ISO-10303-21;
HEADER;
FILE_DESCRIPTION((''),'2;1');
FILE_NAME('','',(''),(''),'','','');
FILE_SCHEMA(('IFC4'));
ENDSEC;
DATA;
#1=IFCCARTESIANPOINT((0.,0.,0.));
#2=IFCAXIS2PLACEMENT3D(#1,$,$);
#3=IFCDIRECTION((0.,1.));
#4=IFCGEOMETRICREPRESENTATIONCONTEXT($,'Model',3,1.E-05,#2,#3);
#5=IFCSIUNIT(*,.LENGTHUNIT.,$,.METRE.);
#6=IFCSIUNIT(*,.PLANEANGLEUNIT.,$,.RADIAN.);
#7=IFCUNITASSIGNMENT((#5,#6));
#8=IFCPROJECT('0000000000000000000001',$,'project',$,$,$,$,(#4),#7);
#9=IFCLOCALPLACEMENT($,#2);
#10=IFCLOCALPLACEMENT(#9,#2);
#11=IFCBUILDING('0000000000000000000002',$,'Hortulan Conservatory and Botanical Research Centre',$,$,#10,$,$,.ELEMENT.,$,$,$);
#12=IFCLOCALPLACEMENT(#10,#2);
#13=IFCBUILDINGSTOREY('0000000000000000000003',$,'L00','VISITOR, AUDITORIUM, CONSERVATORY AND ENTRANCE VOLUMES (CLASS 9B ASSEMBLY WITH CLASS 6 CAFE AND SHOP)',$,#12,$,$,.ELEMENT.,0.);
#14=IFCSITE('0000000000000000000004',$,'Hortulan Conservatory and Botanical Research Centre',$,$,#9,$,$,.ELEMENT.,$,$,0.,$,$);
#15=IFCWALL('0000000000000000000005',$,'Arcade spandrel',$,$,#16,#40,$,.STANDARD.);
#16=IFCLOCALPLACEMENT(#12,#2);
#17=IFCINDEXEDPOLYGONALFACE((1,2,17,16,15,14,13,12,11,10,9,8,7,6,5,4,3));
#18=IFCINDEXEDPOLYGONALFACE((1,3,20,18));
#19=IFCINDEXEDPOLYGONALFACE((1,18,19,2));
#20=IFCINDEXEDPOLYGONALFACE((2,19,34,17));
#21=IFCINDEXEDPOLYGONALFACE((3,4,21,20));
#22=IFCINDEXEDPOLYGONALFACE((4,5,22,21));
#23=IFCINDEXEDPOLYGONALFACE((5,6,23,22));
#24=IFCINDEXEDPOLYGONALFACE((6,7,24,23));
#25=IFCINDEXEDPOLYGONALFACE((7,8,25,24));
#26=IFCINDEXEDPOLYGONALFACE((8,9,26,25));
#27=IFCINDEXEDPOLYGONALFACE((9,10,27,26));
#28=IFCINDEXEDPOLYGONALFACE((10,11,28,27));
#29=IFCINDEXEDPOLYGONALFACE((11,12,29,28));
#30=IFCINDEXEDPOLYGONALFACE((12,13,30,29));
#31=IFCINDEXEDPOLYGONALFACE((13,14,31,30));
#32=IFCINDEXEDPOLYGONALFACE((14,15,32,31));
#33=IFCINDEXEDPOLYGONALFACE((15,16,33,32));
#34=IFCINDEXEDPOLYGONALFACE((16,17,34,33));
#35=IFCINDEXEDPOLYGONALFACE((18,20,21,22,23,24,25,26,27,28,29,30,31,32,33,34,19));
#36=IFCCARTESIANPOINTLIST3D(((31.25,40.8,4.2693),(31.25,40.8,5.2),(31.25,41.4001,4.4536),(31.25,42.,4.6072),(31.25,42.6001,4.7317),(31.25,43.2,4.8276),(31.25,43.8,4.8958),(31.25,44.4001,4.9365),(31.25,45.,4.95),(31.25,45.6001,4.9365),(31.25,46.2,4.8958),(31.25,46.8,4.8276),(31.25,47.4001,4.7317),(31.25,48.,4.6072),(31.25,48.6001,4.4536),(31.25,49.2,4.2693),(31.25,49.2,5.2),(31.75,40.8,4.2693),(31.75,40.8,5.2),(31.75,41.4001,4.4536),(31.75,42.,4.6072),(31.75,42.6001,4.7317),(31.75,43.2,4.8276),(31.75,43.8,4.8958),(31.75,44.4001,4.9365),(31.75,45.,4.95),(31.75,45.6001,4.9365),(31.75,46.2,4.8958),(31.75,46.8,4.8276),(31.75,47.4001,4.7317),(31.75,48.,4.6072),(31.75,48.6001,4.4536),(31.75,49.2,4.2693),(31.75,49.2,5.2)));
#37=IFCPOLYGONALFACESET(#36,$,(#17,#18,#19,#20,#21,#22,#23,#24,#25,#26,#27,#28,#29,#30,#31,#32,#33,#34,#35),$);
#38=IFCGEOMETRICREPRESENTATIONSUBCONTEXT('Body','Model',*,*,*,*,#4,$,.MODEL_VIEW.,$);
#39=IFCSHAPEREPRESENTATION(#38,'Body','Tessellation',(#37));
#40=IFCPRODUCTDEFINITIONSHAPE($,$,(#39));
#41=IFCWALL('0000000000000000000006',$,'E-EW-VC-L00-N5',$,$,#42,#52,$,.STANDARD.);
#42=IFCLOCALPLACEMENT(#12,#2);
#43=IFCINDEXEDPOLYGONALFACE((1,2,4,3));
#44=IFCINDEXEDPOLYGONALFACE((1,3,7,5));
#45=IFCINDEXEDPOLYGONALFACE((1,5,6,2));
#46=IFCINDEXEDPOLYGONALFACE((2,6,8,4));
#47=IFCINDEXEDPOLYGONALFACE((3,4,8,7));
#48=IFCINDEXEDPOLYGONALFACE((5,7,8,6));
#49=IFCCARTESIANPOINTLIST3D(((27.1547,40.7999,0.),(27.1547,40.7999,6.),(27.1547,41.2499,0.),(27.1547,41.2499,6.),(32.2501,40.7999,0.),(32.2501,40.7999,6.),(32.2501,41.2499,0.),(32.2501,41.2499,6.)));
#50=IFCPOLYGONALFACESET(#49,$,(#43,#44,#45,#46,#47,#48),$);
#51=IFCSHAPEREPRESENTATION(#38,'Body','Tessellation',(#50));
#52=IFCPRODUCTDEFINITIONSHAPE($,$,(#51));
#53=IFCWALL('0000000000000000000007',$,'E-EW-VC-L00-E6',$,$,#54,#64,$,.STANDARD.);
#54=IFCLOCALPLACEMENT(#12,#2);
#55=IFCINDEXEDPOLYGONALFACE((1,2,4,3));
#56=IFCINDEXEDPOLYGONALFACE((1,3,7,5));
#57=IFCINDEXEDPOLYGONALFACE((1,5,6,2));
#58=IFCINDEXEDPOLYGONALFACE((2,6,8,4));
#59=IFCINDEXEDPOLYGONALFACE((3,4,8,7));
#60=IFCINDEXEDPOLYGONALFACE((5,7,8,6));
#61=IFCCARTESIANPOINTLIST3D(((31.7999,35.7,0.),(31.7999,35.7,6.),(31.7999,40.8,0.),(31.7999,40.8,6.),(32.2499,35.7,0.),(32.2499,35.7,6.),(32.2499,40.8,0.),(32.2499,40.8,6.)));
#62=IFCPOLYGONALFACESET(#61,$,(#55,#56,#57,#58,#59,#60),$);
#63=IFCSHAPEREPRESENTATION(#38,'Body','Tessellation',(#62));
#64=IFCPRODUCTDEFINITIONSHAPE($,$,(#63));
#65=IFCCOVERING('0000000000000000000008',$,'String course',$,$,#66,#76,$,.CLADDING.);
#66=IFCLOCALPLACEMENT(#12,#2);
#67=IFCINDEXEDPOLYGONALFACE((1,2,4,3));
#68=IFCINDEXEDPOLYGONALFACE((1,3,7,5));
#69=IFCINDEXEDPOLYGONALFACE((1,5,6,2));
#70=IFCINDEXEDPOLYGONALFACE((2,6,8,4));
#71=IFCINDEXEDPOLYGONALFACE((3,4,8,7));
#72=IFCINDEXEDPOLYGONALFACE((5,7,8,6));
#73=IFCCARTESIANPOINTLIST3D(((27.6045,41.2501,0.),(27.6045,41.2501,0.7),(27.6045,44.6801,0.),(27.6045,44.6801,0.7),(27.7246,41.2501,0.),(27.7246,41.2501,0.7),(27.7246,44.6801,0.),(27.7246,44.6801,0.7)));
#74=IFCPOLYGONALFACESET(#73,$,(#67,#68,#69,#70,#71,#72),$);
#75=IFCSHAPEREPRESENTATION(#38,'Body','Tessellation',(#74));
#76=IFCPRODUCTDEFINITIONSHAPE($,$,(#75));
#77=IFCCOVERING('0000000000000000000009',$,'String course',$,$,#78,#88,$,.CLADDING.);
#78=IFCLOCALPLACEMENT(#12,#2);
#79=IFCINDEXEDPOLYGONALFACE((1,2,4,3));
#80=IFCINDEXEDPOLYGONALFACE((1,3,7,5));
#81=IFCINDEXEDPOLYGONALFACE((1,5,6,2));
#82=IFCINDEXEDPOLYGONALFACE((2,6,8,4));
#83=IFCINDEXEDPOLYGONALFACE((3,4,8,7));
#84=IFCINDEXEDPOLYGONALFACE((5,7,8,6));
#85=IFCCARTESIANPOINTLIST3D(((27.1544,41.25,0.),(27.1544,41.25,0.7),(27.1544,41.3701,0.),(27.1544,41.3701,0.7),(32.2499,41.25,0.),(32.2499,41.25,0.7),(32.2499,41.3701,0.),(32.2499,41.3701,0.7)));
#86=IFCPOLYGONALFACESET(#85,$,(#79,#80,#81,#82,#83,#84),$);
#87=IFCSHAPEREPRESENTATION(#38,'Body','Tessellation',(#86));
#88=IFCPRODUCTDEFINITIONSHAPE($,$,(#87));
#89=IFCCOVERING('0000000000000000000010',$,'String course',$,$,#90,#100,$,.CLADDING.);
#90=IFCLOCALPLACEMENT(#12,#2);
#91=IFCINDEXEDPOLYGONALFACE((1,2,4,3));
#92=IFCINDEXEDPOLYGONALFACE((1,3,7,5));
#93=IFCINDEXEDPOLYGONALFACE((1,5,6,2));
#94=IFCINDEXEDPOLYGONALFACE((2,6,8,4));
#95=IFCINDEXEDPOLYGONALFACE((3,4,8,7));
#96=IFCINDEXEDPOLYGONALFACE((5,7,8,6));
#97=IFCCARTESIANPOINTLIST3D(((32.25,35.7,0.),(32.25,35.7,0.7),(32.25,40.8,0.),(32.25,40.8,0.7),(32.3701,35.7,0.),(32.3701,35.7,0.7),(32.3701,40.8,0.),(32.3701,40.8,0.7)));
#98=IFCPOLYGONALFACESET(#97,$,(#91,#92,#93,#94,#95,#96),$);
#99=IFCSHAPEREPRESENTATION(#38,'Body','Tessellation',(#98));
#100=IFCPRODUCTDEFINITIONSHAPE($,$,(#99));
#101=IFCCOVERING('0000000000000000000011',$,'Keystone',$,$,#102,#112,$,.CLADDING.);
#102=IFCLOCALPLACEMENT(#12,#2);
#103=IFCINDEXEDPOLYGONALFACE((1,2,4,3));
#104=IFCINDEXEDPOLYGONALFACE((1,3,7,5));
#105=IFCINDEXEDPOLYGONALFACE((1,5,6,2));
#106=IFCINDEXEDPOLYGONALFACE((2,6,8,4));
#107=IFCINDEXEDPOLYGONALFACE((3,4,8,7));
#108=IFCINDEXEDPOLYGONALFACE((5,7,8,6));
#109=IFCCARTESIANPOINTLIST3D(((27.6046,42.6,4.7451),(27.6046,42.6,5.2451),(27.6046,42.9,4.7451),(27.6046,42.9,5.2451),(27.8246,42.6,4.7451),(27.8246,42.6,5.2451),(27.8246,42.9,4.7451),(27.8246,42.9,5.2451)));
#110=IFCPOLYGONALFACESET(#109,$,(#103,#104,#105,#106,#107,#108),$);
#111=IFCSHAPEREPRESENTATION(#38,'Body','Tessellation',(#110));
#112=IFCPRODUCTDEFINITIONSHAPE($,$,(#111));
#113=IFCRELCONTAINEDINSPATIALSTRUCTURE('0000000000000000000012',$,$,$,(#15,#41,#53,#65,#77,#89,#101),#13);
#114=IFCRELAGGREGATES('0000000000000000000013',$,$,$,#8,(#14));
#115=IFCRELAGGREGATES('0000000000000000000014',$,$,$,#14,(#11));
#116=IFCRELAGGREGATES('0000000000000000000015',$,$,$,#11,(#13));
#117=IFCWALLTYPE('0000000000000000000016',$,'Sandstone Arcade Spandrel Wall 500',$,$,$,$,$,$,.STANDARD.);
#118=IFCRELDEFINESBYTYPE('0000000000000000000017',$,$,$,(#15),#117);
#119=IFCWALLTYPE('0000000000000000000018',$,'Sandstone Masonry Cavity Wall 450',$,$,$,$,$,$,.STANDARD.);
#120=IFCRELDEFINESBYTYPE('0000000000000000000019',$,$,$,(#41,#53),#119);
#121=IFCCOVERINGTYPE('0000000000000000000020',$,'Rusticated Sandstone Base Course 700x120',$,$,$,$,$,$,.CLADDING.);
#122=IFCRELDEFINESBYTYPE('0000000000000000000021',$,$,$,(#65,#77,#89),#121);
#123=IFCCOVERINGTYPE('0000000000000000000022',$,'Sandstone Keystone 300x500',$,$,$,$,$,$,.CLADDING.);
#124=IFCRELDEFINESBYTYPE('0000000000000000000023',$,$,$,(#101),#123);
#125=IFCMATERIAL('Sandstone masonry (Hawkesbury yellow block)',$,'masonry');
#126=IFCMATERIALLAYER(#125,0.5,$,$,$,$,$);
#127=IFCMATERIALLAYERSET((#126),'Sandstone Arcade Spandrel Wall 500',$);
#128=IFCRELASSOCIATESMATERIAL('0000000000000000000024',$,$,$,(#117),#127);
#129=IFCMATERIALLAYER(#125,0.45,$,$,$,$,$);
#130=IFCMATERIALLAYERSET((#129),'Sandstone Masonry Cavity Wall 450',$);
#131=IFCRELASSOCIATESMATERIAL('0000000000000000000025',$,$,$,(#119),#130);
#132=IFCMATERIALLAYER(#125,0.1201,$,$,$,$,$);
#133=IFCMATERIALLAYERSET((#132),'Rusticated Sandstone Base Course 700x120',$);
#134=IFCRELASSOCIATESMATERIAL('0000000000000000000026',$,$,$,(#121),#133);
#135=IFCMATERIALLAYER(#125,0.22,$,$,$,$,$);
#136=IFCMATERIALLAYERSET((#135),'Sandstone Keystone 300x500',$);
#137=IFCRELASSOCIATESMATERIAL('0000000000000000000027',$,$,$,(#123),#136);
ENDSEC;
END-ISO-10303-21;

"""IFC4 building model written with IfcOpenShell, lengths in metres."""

from ifc_helpers import new_model, si_unit, direction, frame, frame_2d, origin, origin_2d, place, context, subcontext, project, spatial, polyline, rectangle, outline, extrude, material, layer, layer_set, type_object, element, save


model = new_model("IFC4")

# Units and contexts
model_context = context("Model", 3, precision=1e-05, world=origin(), true_north=direction((0.0, 1.0)))
body_context = subcontext(model_context, "Body", "Model", "MODEL_VIEW")
ifc_project = project(units=[si_unit("LENGTHUNIT", "METRE"), si_unit("PLANEANGLEUNIT", "RADIAN")], contexts=[model_context])

# Site, building, storey
site_placement = place(None, origin())
site = spatial("IfcSite", under=ifc_project, at=site_placement, Name="Hortulan Conservatory and Botanical Research Centre", CompositionType="ELEMENT", RefElevation=0.0)
building_placement = place(site_placement, origin())
building = spatial("IfcBuilding", under=site, at=building_placement, Name="Hortulan Conservatory and Botanical Research Centre", CompositionType="ELEMENT")
storey_placement = place(building_placement, origin())
storey = spatial("IfcBuildingStorey", under=building, at=storey_placement, Name="L00", Description="VISITOR, AUDITORIUM, CONSERVATORY AND ENTRANCE VOLUMES (CLASS 9B ASSEMBLY WITH CLASS 6 CAFE AND SHOP)", CompositionType="ELEMENT", Elevation=0.0)

# Shared definitions
ifc_material_1 = material(Name="Sandstone masonry (Hawkesbury yellow block)", Category="masonry")

# Walls
ifc_layer_1 = layer(ifc_material_1, 0.5)
ifc_layer_set_1 = layer_set([ifc_layer_1], Name="Sandstone Arcade Spandrel Wall 500")
wall_type_1 = type_object("IfcWallType", Name="Sandstone Arcade Spandrel Wall 500", PredefinedType="STANDARD", material=ifc_layer_set_1)
wall_1_placement = place(storey_placement, frame((31.5, 40.8, 4.2693), z_axis=(0.0, 0.0, 1.0), x_axis=(0.0, 1.0, 0.0)))
element("IfcWall", 1, at=wall_1_placement, inside=storey, type_object=wall_type_1, Name="Arcade spandrel", PredefinedType="STANDARD", context=body_context, shape_type="SweptSolid", body=[
    extrude(outline(polyline([(0.0, 0.0), (0.6001, 0.1843), (1.2, 0.3379), (1.8, 0.4624), (2.3999, 0.5583), (3.0, 0.6265), (3.6001, 0.6672), (4.2, 0.6807), (4.8, 0.6672), (5.3999, 0.6265), (6.0, 0.5583), (6.6001, 0.4624), (7.2, 0.3379), (7.8, 0.1843), (8.3999, 0.0), (8.3999, 0.9307), (0.0, 0.9307), (0.0, 0.0)])), frame((0.0, 0.25, 0.0), z_axis=(0.0, -1.0, 0.0), x_axis=(1.0, 0.0, 0.0)), (0.0, 0.0, 1.0), 0.5),
])
ifc_layer_2 = layer(ifc_material_1, 0.45)
ifc_layer_set_2 = layer_set([ifc_layer_2], Name="Sandstone Masonry Cavity Wall 450")
wall_type_2 = type_object("IfcWallType", Name="Sandstone Masonry Cavity Wall 450", PredefinedType="STANDARD", material=ifc_layer_set_2)
wall_2_placement = place(storey_placement, frame((27.1545, 41.0249, 0.0), z_axis=(0.0, 0.0, 1.0), x_axis=(1.0, 0.0, 0.0)))
element("IfcWall", 2, at=wall_2_placement, inside=storey, type_object=wall_type_2, Name="E-EW-VC-L00-N5", PredefinedType="STANDARD", context=body_context, shape_type="SweptSolid", body=[
    extrude(rectangle(XDim=5.0955, YDim=0.45, at=frame_2d((2.5479, 0.0))), origin(), (0.0, 0.0, 1.0), 6.0),
])
wall_3_placement = place(storey_placement, frame((32.0249, 40.8, 0.0), z_axis=(0.0, 0.0, 1.0), x_axis=(0.0, -1.0, 0.0)))
element("IfcWall", 3, at=wall_3_placement, inside=storey, type_object=wall_type_2, Name="E-EW-VC-L00-E6", PredefinedType="STANDARD", context=body_context, shape_type="SweptSolid", body=[
    extrude(rectangle(XDim=5.1001, YDim=0.45, at=frame_2d((2.55, 0.0))), origin(), (0.0, 0.0, 1.0), 6.0),
])

# Coverings
ifc_layer_3 = layer(ifc_material_1, 0.1201)
ifc_layer_set_3 = layer_set([ifc_layer_3], Name="Rusticated Sandstone Base Course 700x120")
covering_type_1 = type_object("IfcCoveringType", Name="Rusticated Sandstone Base Course 700x120", PredefinedType="CLADDING", material=ifc_layer_set_3)
covering_1_placement = place(storey_placement, frame((27.6646, 42.9651, 0.0), z_axis=(0.0, 0.0, 1.0), x_axis=(0.0, -1.0, 0.0)))
element("IfcCovering", 4, at=covering_1_placement, inside=storey, type_object=covering_type_1, Name="String course", PredefinedType="CLADDING", context=body_context, shape_type="SweptSolid", body=[
    extrude(rectangle(XDim=3.4299, YDim=0.1201, at=origin_2d()), origin(), (0.0, 0.0, 1.0), 0.7),
])
covering_2_placement = place(storey_placement, frame((29.7021, 41.3101, 0.0), z_axis=(0.0, 0.0, 1.0), x_axis=(1.0, 0.0, 0.0)))
element("IfcCovering", 5, at=covering_2_placement, inside=storey, type_object=covering_type_1, Name="String course", PredefinedType="CLADDING", context=body_context, shape_type="SweptSolid", body=[
    extrude(rectangle(XDim=5.0955, YDim=0.1201, at=origin_2d()), origin(), (0.0, 0.0, 1.0), 0.7),
])
covering_3_placement = place(storey_placement, frame((32.3101, 38.25, 0.0), z_axis=(0.0, 0.0, 1.0), x_axis=(0.0, -1.0, 0.0)))
element("IfcCovering", 6, at=covering_3_placement, inside=storey, type_object=covering_type_1, Name="String course", PredefinedType="CLADDING", context=body_context, shape_type="SweptSolid", body=[
    extrude(rectangle(XDim=5.1001, YDim=0.1201, at=origin_2d()), origin(), (0.0, 0.0, 1.0), 0.7),
])
ifc_layer_4 = layer(ifc_material_1, 0.22)
ifc_layer_set_4 = layer_set([ifc_layer_4], Name="Sandstone Keystone 300x500")
covering_type_2 = type_object("IfcCoveringType", Name="Sandstone Keystone 300x500", PredefinedType="CLADDING", material=ifc_layer_set_4)
covering_4_placement = place(storey_placement, frame((27.7146, 42.75, 4.7451), z_axis=(0.0, 0.0, 1.0), x_axis=(0.0, -1.0, 0.0)))
element("IfcCovering", 7, at=covering_4_placement, inside=storey, type_object=covering_type_2, Name="Keystone", PredefinedType="CLADDING", context=body_context, shape_type="SweptSolid", body=[
    extrude(rectangle(XDim=0.3, YDim=0.22, at=origin_2d()), origin(), (0.0, 0.0, 1.0), 0.5),
])

save(model, "model.ifc")
